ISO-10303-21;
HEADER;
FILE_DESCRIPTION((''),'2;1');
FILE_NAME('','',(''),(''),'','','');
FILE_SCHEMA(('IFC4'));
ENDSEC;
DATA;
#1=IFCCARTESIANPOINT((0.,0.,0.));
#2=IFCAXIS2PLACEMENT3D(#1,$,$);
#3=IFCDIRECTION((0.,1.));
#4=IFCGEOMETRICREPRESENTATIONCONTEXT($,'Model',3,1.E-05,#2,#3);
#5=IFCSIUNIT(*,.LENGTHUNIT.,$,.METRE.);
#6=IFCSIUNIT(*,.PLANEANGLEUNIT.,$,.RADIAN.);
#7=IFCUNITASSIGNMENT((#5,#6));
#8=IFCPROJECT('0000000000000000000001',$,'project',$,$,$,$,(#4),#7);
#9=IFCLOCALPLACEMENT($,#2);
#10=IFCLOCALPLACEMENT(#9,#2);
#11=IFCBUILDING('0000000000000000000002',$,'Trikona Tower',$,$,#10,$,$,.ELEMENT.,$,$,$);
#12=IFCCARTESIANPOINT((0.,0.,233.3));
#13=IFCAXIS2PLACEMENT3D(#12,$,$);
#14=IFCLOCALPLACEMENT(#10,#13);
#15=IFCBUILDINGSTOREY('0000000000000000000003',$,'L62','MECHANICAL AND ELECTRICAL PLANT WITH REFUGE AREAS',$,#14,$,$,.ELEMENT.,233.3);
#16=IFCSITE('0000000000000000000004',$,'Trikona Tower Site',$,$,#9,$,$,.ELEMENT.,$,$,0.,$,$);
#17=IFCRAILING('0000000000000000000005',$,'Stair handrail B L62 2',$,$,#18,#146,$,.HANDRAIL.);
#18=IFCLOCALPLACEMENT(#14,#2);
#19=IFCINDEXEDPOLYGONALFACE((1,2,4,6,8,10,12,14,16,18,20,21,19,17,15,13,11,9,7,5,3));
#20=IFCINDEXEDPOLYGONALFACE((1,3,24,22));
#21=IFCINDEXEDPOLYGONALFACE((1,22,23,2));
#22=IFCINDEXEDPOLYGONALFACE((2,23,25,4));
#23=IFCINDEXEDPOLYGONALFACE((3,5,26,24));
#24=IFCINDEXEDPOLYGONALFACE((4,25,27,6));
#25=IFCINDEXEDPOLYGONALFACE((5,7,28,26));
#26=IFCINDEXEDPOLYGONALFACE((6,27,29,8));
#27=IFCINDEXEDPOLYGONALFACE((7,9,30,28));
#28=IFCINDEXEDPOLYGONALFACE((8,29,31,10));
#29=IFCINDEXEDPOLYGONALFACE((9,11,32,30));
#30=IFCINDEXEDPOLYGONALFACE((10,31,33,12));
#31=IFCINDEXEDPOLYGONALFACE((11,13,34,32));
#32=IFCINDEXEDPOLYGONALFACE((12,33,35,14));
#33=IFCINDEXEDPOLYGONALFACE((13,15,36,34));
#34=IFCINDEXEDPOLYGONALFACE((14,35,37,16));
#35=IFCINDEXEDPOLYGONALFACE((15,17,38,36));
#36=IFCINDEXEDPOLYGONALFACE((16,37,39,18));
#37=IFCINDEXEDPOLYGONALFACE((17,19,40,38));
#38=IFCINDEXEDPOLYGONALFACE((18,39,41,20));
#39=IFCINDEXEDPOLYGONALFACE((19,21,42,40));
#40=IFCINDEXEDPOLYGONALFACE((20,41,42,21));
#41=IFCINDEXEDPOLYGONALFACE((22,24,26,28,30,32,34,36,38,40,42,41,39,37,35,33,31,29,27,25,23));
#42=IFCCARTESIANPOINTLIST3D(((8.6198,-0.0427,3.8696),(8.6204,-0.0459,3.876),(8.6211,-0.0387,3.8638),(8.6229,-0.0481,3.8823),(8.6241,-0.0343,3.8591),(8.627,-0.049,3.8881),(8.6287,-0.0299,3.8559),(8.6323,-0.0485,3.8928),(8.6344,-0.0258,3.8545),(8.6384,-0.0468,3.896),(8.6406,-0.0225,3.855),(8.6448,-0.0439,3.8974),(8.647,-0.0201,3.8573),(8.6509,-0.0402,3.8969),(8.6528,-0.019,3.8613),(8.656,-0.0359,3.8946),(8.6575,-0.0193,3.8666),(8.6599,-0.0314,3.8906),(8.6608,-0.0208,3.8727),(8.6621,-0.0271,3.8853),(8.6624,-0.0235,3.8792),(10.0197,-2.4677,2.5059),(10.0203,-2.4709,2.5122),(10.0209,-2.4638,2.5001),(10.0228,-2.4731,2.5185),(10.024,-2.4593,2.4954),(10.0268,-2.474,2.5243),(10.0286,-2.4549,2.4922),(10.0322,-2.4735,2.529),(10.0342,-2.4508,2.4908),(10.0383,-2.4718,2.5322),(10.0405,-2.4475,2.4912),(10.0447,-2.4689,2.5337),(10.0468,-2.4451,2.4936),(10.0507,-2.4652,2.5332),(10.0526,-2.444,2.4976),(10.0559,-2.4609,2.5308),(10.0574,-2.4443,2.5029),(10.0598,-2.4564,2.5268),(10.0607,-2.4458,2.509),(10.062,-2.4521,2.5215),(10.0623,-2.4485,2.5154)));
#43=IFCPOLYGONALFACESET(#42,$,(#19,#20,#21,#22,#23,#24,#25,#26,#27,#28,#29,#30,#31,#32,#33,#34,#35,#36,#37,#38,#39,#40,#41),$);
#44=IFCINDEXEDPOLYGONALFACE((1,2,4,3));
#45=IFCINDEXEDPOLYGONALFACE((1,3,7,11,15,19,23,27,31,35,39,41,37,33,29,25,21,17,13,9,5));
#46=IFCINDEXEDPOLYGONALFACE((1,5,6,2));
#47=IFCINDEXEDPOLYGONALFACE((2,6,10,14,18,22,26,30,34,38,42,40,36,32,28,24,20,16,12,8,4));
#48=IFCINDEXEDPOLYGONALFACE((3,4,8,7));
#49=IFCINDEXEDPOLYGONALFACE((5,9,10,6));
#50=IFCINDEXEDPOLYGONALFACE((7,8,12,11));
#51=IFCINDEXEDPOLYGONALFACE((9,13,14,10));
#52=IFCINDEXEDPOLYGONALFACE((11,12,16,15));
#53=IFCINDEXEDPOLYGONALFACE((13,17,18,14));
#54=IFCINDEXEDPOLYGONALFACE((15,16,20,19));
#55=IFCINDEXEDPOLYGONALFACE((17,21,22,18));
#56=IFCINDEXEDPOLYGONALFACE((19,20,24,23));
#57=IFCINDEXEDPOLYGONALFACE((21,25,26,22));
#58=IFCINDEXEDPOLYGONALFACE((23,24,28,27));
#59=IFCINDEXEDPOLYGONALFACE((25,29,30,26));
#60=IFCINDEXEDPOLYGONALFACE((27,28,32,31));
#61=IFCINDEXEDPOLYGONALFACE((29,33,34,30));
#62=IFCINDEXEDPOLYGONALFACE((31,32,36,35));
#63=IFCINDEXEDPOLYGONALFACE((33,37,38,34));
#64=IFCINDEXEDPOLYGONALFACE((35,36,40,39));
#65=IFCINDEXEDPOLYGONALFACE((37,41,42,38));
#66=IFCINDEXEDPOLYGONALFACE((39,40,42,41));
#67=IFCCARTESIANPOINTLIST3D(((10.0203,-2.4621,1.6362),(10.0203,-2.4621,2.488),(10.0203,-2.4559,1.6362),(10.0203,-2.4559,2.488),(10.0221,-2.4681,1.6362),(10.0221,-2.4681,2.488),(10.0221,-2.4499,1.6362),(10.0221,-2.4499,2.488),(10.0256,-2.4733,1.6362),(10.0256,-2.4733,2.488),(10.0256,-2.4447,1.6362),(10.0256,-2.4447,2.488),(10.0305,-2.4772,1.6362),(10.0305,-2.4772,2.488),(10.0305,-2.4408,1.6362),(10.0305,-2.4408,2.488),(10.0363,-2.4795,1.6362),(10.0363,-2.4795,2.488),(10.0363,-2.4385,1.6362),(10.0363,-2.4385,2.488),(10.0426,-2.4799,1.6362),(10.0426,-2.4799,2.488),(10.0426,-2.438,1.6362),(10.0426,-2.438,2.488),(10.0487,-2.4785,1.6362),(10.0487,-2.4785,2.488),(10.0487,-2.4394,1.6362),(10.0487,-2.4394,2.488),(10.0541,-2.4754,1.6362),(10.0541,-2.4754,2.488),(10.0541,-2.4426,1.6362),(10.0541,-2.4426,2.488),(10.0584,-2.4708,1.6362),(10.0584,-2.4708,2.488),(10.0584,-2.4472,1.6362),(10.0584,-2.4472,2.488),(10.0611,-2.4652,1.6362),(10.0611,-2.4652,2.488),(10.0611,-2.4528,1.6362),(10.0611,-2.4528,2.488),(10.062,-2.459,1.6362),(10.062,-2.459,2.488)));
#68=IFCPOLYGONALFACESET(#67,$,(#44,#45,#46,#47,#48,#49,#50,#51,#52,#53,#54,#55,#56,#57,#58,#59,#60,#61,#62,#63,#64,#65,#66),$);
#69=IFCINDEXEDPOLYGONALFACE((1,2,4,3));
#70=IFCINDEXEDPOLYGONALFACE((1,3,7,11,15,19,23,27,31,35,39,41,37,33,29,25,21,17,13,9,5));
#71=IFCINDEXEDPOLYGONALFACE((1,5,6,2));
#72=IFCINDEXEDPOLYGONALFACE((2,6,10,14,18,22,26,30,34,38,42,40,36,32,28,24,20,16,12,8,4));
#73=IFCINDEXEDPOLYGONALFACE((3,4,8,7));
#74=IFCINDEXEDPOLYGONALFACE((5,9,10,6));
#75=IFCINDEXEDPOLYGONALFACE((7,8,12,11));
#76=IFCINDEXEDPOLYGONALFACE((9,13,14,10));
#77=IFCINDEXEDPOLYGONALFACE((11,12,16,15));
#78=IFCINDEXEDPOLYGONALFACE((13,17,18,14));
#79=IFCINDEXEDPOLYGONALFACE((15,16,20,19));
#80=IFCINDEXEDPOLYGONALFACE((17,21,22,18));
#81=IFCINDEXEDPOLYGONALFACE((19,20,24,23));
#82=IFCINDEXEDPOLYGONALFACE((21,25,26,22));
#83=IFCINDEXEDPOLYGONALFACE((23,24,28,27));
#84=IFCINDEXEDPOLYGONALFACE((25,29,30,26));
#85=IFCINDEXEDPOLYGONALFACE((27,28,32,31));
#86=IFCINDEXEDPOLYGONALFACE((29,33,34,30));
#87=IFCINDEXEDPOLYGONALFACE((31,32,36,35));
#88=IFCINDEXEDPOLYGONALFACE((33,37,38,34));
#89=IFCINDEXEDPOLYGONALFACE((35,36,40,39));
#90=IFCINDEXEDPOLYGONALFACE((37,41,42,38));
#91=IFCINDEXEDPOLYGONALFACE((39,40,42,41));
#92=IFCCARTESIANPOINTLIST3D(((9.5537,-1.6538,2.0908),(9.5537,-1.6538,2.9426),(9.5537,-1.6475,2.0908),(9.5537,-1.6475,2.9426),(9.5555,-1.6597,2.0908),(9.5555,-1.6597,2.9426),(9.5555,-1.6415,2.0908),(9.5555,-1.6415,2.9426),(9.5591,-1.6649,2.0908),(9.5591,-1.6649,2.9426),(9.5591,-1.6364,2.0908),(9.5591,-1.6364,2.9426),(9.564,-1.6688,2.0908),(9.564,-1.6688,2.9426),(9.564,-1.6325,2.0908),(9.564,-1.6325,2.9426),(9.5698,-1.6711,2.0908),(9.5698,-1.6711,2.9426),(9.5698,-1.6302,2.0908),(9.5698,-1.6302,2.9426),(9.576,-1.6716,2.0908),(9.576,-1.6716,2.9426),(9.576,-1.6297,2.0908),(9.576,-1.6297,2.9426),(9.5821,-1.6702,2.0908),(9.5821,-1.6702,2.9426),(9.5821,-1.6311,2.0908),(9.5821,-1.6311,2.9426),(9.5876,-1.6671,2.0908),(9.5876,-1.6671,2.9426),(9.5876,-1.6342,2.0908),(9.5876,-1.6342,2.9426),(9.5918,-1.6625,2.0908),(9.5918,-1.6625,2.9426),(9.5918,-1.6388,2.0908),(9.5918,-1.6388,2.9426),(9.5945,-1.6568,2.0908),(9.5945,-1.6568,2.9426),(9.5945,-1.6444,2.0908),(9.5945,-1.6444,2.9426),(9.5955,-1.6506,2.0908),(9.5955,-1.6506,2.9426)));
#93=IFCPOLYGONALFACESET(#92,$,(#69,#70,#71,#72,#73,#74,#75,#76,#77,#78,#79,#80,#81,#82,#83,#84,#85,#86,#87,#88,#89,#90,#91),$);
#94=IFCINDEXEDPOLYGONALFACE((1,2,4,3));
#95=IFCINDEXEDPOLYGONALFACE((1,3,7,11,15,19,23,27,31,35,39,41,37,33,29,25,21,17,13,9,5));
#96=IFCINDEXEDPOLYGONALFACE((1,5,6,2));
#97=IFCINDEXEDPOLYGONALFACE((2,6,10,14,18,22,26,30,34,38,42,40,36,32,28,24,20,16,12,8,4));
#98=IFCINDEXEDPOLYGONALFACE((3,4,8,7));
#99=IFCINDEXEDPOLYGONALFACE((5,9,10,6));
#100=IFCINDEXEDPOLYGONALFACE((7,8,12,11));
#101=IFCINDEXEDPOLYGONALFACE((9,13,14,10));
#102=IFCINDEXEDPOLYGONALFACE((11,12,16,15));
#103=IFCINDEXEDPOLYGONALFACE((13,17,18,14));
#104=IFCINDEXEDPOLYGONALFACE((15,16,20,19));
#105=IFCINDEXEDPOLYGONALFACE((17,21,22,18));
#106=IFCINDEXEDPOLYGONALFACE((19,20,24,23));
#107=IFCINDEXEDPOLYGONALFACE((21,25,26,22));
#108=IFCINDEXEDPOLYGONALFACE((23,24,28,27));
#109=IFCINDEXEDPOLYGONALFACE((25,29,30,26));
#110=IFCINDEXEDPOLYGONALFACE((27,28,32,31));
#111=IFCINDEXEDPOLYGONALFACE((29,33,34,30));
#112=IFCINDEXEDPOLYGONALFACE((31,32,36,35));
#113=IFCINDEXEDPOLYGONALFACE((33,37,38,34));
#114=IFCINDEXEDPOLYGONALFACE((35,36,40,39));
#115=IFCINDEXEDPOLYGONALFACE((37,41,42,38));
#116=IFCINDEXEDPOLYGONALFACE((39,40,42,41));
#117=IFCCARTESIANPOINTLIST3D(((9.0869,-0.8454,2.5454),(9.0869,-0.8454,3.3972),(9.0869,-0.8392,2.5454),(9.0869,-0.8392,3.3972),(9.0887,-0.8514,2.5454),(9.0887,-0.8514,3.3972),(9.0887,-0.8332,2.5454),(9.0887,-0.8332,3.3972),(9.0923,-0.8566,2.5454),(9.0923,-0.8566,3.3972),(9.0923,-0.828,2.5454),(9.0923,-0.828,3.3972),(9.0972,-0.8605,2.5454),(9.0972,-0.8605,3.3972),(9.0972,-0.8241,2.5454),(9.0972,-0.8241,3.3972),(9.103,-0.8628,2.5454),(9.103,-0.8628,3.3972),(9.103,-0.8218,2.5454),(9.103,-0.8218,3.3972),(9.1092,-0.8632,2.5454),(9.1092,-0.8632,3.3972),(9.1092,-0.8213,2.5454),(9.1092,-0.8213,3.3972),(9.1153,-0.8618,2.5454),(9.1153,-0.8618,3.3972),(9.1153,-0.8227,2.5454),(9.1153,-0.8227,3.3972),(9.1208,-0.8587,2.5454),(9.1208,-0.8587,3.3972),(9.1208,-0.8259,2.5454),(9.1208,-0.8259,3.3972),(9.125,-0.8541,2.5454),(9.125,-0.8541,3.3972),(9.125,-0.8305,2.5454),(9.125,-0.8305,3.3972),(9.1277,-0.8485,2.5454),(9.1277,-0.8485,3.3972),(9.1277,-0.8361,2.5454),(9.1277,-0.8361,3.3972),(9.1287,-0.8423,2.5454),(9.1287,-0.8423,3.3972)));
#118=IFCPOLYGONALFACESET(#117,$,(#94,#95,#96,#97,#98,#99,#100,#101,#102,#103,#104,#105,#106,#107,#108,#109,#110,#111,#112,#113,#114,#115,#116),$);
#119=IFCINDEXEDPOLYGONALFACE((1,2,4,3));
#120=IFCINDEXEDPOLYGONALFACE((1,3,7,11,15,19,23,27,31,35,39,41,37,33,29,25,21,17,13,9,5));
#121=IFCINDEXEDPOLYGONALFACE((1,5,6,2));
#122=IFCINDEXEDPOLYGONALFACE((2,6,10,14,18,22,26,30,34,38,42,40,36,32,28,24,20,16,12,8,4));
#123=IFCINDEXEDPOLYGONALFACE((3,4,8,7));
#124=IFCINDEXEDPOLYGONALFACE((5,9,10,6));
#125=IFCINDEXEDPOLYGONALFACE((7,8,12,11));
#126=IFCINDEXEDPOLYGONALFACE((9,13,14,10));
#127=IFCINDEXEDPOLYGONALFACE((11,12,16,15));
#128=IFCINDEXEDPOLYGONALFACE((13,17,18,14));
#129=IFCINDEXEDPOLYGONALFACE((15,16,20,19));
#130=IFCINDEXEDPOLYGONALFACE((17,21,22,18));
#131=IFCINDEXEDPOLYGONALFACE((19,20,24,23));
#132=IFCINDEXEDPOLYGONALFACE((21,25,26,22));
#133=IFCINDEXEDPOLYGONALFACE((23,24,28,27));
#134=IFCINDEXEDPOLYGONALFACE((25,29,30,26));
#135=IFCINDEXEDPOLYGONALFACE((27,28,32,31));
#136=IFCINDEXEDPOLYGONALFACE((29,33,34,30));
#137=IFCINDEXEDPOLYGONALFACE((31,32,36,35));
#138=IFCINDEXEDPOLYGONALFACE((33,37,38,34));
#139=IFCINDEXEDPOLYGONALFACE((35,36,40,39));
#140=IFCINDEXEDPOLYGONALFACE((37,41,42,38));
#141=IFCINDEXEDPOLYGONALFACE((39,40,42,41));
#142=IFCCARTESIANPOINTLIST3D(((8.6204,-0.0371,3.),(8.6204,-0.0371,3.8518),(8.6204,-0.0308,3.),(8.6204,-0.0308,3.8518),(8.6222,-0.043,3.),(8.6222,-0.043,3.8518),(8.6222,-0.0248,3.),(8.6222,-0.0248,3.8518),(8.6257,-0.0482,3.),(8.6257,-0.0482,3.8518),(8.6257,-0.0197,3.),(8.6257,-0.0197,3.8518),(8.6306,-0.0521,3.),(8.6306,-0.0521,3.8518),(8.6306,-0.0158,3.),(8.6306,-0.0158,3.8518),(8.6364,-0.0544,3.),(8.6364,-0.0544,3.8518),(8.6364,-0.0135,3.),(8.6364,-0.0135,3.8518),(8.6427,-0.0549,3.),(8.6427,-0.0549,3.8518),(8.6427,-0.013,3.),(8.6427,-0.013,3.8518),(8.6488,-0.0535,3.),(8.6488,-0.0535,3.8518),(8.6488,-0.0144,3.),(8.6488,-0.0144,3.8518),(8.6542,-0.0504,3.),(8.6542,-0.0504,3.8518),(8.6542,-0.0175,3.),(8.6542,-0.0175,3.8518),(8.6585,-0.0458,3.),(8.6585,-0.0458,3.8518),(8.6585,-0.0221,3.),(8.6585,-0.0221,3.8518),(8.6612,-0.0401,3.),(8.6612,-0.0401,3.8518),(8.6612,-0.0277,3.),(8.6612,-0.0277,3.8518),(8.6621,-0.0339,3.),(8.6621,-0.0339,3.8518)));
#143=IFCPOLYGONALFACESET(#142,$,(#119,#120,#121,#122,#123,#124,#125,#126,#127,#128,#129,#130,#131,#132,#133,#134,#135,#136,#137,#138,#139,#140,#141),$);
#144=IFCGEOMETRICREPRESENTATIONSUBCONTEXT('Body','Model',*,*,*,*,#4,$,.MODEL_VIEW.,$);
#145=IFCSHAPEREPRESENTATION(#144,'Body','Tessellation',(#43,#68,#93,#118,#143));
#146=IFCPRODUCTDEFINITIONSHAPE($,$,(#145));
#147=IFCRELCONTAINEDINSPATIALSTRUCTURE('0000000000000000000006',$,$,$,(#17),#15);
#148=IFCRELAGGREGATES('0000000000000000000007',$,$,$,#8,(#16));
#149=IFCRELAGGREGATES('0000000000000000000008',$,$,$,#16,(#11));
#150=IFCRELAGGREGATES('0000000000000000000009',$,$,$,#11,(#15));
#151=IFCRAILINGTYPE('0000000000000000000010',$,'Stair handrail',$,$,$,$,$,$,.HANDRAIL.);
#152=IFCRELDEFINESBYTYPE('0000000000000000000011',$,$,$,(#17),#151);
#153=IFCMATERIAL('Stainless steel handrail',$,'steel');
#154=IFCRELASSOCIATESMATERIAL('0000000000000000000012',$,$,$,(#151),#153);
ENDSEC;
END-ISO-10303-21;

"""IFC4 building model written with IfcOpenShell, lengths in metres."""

from ifc_helpers import new_model, si_unit, direction, frame, origin, origin_2d, place, context, subcontext, project, spatial, circle, extrude, material, type_object, element, save


model = new_model("IFC4")

# Units and contexts
model_context = context("Model", 3, precision=1e-05, world=origin(), true_north=direction((0.0, 1.0)))
body_context = subcontext(model_context, "Body", "Model", "MODEL_VIEW")
ifc_project = project(units=[si_unit("LENGTHUNIT", "METRE"), si_unit("PLANEANGLEUNIT", "RADIAN")], contexts=[model_context])

# Site, building, storey
site_placement = place(None, origin())
site = spatial("IfcSite", under=ifc_project, at=site_placement, Name="Trikona Tower Site", CompositionType="ELEMENT", RefElevation=0.0)
building_placement = place(site_placement, origin())
building = spatial("IfcBuilding", under=site, at=building_placement, Name="Trikona Tower", CompositionType="ELEMENT")
storey_placement = place(building_placement, frame((0.0, 0.0, 233.3)))
storey = spatial("IfcBuildingStorey", under=building, at=storey_placement, Name="L62", Description="MECHANICAL AND ELECTRICAL PLANT WITH REFUGE AREAS", CompositionType="ELEMENT", Elevation=233.3)

# Railing
ifc_material_1 = material(Name="Stainless steel handrail", Category="steel")
railing_type = type_object("IfcRailingType", Name="Stair handrail", PredefinedType="HANDRAIL", material=ifc_material_1)
for number, where, name in (
    (1, (10.041, -2.459, 1.6362), "Stair handrail B L62 2"),
):
    element("IfcRailing", number, at=place(storey_placement, frame(where)), inside=storey, type_object=railing_type, Name=name, PredefinedType="HANDRAIL", context=body_context, shape_type="SweptSolid", body=[
        extrude(circle(Radius=0.0239, at=origin_2d()), frame((0.0, 0.0, 0.876), z_axis=(-0.449471, 0.778618, 0.43787), x_axis=(-0.866056, -0.499946, 0.0)), (0.0, 0.0, 1.0), 3.1145),
        extrude(circle(Radius=0.021, at=origin_2d()), origin(), (0.0, 0.0, 1.0), 0.8518),
        extrude(circle(Radius=0.021, at=origin_2d()), frame((-0.4666, 0.8083, 0.4546)), (0.0, 0.0, 1.0), 0.8518),
        extrude(circle(Radius=0.021, at=origin_2d()), frame((-0.9333, 1.6167, 0.9092)), (0.0, 0.0, 1.0), 0.8518),
        extrude(circle(Radius=0.021, at=origin_2d()), frame((-1.3999, 2.425, 1.3638)), (0.0, 0.0, 1.0), 0.8518),
    ])

save(model, "model.ifc")
